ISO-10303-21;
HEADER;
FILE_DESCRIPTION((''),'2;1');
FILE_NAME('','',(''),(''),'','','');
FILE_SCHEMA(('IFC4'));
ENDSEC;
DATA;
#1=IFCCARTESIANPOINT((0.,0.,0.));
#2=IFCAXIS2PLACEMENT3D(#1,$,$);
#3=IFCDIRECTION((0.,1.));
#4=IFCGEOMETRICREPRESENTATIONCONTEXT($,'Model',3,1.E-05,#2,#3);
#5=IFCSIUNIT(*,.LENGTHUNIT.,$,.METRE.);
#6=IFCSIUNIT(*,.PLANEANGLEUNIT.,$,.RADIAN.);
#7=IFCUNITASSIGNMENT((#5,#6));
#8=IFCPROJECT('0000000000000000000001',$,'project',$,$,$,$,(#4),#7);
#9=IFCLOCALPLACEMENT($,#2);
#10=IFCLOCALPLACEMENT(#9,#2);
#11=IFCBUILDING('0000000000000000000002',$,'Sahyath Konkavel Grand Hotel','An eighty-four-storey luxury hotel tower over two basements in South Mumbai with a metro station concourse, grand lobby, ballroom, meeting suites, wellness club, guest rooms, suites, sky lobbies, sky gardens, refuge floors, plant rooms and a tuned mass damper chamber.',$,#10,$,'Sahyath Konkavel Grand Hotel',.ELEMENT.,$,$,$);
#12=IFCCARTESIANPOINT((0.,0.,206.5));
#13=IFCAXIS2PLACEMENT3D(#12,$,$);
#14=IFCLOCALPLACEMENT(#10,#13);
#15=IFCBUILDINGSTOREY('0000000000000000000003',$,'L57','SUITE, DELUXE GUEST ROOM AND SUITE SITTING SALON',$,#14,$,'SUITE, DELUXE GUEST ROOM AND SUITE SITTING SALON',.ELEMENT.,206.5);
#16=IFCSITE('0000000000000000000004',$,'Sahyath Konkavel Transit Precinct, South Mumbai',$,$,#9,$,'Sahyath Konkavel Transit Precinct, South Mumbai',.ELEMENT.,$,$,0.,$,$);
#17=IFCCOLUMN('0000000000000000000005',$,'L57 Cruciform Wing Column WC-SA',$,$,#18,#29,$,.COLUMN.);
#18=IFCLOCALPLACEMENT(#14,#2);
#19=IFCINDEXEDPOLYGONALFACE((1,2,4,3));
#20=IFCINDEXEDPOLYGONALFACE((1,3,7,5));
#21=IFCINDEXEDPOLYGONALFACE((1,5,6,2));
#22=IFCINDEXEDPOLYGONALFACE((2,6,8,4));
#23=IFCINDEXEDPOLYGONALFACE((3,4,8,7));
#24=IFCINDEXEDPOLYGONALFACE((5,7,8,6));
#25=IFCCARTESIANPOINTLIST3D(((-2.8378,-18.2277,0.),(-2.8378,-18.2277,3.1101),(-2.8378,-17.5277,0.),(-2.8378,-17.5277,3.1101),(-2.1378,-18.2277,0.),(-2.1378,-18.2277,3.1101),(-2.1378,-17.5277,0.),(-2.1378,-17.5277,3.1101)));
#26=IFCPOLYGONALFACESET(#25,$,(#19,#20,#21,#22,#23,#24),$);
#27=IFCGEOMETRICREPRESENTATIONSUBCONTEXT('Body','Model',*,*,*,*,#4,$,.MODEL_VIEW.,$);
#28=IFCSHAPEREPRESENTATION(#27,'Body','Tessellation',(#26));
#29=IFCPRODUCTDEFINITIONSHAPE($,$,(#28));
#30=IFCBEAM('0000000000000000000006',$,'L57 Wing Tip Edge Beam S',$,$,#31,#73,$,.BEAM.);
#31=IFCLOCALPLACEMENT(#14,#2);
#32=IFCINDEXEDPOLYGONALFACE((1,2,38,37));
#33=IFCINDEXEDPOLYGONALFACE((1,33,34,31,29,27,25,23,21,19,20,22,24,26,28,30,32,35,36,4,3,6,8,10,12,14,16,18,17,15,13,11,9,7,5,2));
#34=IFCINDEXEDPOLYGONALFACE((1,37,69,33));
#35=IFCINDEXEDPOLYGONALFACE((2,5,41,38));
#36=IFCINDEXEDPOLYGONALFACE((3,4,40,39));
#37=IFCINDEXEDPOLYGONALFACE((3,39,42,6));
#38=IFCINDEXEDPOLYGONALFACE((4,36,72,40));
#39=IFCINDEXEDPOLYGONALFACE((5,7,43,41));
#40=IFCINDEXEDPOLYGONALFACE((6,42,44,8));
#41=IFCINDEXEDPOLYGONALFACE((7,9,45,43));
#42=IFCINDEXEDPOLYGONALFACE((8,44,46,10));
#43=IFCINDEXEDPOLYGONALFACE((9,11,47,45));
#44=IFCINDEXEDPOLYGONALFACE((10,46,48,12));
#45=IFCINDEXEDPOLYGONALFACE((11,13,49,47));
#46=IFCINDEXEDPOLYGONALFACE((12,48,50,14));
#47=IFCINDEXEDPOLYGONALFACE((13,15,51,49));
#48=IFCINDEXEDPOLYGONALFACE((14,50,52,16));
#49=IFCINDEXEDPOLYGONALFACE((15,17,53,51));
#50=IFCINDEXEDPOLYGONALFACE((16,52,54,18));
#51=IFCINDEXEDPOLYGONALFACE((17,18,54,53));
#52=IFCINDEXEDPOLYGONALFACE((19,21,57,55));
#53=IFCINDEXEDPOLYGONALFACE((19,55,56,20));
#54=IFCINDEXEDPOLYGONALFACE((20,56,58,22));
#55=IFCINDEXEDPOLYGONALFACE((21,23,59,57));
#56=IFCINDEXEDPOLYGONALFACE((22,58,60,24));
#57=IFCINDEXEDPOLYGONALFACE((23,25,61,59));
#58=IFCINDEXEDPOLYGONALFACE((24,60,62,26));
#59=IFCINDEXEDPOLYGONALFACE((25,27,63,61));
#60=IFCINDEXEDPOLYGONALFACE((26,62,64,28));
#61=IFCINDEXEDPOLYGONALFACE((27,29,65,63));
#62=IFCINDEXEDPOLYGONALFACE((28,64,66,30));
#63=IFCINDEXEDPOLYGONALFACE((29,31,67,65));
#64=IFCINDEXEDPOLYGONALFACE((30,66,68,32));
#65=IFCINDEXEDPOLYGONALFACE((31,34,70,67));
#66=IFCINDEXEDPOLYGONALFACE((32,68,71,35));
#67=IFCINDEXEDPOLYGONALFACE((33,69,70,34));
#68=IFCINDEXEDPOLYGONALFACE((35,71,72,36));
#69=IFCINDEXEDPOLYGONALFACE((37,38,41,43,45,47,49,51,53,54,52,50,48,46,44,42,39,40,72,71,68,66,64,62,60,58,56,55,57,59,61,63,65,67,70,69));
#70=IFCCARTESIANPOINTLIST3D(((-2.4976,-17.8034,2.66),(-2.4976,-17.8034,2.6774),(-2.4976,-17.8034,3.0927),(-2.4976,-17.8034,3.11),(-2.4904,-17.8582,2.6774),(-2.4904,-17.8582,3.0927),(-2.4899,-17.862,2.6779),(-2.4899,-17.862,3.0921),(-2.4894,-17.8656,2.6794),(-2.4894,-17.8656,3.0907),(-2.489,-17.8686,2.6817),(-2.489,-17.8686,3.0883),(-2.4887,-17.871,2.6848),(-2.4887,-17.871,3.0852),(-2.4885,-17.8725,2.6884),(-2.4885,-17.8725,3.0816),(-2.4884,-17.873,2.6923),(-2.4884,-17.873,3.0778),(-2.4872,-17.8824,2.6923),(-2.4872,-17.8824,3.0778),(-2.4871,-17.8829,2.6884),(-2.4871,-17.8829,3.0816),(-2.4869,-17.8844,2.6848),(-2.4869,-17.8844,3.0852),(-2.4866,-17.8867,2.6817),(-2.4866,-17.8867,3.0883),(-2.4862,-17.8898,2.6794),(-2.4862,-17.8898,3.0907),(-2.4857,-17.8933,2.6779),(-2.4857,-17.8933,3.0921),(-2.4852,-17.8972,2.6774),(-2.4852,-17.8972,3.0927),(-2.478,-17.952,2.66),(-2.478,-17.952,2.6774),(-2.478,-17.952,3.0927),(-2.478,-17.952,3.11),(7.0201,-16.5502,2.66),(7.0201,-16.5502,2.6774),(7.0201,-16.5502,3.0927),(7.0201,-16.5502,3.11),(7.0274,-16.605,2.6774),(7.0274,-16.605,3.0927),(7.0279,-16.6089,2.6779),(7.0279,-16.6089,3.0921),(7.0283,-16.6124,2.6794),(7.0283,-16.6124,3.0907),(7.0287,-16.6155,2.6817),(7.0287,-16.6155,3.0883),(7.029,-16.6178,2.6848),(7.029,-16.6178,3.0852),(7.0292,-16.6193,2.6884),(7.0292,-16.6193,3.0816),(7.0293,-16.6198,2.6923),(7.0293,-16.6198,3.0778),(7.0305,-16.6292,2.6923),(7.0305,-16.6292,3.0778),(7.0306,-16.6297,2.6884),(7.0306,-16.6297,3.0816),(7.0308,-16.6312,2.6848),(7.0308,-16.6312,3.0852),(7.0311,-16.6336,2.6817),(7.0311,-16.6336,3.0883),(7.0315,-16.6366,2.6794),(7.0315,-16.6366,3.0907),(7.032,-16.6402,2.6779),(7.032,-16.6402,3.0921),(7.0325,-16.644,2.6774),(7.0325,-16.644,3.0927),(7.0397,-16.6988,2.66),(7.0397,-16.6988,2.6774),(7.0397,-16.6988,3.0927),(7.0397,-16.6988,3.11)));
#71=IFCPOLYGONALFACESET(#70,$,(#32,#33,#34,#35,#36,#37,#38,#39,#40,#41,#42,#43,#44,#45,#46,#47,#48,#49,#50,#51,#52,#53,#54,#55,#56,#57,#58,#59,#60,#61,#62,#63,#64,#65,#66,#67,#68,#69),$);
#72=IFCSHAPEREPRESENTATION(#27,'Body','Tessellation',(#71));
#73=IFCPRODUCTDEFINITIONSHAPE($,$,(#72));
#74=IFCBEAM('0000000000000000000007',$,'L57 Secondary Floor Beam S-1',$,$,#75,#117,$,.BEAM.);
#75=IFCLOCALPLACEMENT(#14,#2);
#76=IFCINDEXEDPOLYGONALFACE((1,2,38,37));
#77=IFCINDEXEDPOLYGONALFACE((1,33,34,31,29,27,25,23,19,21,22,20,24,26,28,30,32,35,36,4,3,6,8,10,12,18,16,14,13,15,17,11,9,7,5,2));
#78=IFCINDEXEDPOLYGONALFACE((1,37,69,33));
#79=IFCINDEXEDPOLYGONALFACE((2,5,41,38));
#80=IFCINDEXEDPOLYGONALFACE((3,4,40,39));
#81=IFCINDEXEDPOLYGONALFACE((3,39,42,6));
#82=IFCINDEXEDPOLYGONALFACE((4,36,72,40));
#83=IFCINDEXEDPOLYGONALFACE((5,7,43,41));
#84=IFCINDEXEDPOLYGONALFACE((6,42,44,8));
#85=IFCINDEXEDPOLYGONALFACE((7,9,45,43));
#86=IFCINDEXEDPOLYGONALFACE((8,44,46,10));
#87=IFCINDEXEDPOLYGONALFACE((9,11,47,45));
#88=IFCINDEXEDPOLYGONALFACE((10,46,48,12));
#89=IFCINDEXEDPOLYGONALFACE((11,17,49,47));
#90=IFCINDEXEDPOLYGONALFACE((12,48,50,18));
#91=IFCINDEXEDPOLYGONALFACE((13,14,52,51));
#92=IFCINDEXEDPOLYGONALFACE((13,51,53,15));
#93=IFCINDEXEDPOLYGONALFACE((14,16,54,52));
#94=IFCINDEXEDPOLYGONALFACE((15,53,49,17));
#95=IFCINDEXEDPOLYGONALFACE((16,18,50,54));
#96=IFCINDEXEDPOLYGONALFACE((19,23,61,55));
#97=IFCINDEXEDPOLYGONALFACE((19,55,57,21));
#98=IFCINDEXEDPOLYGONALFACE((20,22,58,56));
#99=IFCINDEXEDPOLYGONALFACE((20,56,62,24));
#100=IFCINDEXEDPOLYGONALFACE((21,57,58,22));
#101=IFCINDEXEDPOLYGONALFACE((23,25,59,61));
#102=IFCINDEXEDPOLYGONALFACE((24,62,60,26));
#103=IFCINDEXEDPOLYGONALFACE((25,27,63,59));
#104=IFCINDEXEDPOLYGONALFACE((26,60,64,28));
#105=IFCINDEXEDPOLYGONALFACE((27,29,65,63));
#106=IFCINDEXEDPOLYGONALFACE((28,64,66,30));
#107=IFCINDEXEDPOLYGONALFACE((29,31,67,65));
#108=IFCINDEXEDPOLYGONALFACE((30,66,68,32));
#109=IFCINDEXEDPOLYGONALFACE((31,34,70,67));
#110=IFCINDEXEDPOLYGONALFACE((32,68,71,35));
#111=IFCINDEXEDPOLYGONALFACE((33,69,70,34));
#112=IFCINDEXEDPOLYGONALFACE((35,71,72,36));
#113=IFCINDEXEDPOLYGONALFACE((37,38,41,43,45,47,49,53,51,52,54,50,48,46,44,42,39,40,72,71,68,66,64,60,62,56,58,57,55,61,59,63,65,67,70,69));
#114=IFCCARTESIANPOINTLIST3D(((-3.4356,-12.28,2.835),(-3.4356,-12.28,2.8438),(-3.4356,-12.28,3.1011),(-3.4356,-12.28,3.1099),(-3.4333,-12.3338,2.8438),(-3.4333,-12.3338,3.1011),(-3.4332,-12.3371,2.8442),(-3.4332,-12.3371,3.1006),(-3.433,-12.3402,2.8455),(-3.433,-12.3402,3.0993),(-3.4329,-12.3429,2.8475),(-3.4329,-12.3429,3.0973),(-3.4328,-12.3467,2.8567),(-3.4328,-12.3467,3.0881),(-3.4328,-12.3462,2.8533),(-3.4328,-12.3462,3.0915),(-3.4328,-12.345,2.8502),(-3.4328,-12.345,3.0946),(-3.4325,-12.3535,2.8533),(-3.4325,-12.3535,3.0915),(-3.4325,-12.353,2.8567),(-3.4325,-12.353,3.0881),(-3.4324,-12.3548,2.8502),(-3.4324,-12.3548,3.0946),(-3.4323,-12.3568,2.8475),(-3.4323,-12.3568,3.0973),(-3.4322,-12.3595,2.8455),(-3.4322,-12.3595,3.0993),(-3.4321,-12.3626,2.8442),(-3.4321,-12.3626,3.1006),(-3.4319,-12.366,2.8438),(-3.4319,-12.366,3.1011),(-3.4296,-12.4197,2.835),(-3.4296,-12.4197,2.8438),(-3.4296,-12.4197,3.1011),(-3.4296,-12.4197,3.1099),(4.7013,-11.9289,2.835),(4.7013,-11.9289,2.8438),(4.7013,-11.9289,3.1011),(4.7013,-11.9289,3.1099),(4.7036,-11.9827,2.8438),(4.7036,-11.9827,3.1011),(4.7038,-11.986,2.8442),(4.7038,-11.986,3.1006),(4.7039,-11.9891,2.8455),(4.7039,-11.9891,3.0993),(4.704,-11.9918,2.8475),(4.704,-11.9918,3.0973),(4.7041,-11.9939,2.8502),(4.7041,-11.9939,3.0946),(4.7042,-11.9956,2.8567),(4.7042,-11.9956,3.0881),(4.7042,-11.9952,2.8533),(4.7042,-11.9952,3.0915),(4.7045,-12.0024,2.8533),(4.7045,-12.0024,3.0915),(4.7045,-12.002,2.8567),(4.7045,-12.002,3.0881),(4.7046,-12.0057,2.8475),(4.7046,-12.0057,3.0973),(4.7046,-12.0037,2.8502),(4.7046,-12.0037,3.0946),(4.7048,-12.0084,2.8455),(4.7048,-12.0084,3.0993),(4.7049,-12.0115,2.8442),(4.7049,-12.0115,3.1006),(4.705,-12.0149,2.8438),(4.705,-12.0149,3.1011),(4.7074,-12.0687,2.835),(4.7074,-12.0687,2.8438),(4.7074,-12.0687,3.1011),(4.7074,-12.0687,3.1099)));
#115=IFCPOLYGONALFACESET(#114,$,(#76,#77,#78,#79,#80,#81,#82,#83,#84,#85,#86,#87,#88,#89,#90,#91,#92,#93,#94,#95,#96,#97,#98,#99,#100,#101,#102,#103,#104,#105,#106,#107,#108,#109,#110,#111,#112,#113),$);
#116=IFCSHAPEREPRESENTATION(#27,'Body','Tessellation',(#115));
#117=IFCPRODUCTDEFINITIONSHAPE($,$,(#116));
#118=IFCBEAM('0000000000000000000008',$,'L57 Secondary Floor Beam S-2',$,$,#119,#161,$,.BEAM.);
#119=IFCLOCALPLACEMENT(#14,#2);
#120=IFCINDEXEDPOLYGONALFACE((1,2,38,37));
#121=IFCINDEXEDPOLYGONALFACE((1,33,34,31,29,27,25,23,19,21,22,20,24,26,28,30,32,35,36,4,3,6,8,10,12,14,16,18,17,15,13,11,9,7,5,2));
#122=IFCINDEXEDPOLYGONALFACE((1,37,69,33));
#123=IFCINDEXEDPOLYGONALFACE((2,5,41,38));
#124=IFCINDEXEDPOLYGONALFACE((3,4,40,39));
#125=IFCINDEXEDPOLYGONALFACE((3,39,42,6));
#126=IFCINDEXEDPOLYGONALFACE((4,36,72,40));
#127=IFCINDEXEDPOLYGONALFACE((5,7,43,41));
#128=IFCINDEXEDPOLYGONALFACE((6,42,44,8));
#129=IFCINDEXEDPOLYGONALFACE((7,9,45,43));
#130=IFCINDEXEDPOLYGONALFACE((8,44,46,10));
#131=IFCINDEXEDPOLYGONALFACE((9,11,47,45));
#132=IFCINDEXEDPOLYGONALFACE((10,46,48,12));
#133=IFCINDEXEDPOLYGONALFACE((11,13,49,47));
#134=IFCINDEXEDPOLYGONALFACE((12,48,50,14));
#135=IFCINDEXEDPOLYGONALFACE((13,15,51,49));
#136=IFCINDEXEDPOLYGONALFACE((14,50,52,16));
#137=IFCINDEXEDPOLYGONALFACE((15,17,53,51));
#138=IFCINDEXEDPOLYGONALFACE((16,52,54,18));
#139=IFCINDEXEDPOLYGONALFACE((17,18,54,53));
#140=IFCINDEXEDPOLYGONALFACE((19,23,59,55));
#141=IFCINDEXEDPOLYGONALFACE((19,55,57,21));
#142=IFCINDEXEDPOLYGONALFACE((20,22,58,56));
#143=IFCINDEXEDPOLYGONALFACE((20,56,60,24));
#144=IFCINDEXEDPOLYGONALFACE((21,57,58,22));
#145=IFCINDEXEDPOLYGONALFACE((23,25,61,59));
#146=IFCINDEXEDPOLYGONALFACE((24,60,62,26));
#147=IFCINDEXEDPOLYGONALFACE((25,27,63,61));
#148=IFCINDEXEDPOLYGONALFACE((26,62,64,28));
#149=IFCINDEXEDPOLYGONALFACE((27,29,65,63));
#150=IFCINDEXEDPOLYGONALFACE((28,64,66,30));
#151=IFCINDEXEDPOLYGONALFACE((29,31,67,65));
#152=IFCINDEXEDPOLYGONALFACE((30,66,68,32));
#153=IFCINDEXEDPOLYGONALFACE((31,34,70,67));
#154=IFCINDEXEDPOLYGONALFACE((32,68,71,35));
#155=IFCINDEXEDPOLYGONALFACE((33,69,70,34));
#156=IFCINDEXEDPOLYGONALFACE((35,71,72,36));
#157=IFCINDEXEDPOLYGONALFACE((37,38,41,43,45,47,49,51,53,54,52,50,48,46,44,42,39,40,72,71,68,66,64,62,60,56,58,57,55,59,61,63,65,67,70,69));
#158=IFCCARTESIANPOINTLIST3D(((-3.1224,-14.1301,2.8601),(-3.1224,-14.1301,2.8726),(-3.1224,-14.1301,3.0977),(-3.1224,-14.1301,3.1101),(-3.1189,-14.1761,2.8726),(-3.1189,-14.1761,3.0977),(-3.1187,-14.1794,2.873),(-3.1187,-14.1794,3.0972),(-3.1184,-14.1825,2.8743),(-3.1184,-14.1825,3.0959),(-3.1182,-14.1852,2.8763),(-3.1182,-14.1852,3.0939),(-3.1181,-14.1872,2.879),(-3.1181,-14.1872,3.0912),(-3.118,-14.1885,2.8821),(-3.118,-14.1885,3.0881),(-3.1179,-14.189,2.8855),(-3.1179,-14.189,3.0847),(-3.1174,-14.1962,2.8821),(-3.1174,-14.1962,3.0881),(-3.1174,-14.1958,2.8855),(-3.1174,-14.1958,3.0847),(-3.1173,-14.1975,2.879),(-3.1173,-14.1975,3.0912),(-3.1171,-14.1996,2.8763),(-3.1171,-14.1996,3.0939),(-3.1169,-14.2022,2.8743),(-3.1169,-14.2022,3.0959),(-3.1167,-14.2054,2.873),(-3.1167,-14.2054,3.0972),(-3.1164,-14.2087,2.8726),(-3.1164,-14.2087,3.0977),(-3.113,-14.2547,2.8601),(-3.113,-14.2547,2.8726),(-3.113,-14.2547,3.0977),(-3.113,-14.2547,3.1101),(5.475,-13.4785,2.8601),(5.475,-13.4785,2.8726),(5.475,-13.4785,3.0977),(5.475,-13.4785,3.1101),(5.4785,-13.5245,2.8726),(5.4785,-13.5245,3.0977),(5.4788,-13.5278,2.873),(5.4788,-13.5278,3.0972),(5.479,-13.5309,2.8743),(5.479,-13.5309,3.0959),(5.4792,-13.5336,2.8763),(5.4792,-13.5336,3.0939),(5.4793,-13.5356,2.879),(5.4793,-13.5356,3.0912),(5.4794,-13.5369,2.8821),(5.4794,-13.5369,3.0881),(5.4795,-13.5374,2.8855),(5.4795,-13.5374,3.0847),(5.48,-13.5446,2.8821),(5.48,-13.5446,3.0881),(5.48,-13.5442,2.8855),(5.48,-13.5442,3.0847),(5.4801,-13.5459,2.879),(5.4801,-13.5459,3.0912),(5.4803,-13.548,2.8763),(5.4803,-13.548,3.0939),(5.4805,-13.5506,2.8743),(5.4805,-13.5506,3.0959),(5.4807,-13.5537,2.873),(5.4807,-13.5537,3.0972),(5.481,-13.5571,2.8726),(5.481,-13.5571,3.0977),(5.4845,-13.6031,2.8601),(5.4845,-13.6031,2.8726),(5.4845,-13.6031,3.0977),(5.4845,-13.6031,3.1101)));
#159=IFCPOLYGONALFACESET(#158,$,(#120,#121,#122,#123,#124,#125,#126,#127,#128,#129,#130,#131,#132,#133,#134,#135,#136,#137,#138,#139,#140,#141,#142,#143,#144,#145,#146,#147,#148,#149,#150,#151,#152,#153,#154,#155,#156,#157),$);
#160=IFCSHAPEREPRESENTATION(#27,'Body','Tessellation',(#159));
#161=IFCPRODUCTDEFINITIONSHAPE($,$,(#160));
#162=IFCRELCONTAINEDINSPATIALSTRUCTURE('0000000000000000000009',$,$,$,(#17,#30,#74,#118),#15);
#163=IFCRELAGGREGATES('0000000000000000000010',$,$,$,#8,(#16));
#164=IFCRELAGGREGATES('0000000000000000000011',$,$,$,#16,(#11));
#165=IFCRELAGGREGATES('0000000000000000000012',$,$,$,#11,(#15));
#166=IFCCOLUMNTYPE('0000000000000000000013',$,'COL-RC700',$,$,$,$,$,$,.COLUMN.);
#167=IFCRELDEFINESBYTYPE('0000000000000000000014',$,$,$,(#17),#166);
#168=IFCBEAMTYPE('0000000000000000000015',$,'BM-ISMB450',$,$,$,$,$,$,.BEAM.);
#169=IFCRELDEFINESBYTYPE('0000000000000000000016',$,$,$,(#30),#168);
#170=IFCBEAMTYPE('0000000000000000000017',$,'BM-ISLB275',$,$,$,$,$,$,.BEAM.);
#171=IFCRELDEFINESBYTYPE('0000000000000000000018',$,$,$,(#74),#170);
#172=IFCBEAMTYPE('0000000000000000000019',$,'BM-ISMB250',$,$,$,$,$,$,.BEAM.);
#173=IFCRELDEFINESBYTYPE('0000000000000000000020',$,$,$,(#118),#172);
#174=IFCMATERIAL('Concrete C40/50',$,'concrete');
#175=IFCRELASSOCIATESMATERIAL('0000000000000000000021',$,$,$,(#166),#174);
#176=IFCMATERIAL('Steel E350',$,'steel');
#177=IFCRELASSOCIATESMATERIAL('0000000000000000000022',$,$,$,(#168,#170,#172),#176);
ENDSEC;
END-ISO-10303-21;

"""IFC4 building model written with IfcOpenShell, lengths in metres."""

from ifc_helpers import new_model, si_unit, direction, frame, origin, origin_2d, place, context, subcontext, project, spatial, rectangle, i_section, extrude, source, transform, mapped, material, material_profile, profile_set, type_object, element, save


model = new_model("IFC4")

# Units and contexts
model_context = context("Model", 3, precision=1e-05, world=origin(), true_north=direction((0.0, 1.0)))
body_context = subcontext(model_context, "Body", "Model", "MODEL_VIEW")
ifc_project = project(units=[si_unit("LENGTHUNIT", "METRE"), si_unit("PLANEANGLEUNIT", "RADIAN")], contexts=[model_context])

# Site, building, storey
site_placement = place(None, origin())
site = spatial("IfcSite", under=ifc_project, at=site_placement, Name="Sahyath Konkavel Transit Precinct, South Mumbai", LongName="Sahyath Konkavel Transit Precinct, South Mumbai", CompositionType="ELEMENT", RefElevation=0.0)
building_placement = place(site_placement, origin())
building = spatial("IfcBuilding", under=site, at=building_placement, Name="Sahyath Konkavel Grand Hotel", Description="An eighty-four-storey luxury hotel tower over two basements in South Mumbai with a metro station concourse, grand lobby, ballroom, meeting suites, wellness club, guest rooms, suites, sky lobbies, sky gardens, refuge floors, plant rooms and a tuned mass damper chamber.", LongName="Sahyath Konkavel Grand Hotel", CompositionType="ELEMENT")
storey_placement = place(building_placement, frame((0.0, 0.0, 206.5)))
storey = spatial("IfcBuildingStorey", under=building, at=storey_placement, Name="L57", Description="SUITE, DELUXE GUEST ROOM AND SUITE SITTING SALON", LongName="SUITE, DELUXE GUEST ROOM AND SUITE SITTING SALON", CompositionType="ELEMENT", Elevation=206.5)

# Column
ifc_material_1 = material(Name="Concrete C40/50", Category="concrete")
ifc_material_profile_1 = material_profile(ifc_material_1, rectangle(XDim=0.7, YDim=0.7, at=origin_2d()), Name="RC 700x700")
ifc_profile_set_1 = profile_set([ifc_material_profile_1], Name="Concrete C40/50")
column_type = type_object("IfcColumnType", Name="COL-RC700", PredefinedType="COLUMN", material=ifc_profile_set_1)
shared_shape_1 = source(origin(), body_context, "Body", "SweptSolid", [
    extrude(rectangle(XDim=0.7, YDim=0.7, at=origin_2d()), origin(), (0.0, 0.0, 1.0), 3.1101),
])
column_placement = place(storey_placement, frame((-2.4878, -17.8777, 0.0), z_axis=(0.0, 0.0, 1.0), x_axis=(1.0, 0.0, 0.0)))
element("IfcColumn", 1, at=column_placement, inside=storey, type_object=column_type, Name="L57 Cruciform Wing Column WC-SA", PredefinedType="COLUMN", context=body_context, shape_type="MappedRepresentation", body=[
    mapped(shared_shape_1, transform((0.0, 0.0, 0.0), scale=1.0)),
])

# Beams
ifc_material_2 = material(Name="Steel E350", Category="steel")
ifc_material_profile_2 = material_profile(ifc_material_2, i_section(OverallWidth=0.1499, OverallDepth=0.45, WebThickness=0.0095, FlangeThickness=0.0173, FilletRadius=0.0149, at=origin_2d()), Name="ISMB 450")
ifc_profile_set_2 = profile_set([ifc_material_profile_2], Name="Steel E350")
beam_type_1 = type_object("IfcBeamType", Name="BM-ISMB450", PredefinedType="BEAM", material=ifc_profile_set_2)
shared_shape_2 = source(origin(), body_context, "Body", "SweptSolid", [
    extrude(i_section(OverallWidth=0.1499, OverallDepth=0.45, WebThickness=0.0095, FlangeThickness=0.0173, FilletRadius=0.0149, at=origin_2d()), origin(), (0.0, 0.0, 1.0), 9.5999),
])
beam_1_placement = place(storey_placement, frame((-2.4878, -17.8777, 2.885), z_axis=(0.991443, 0.130539, 0.0), x_axis=(-0.130539, 0.991443, 0.0)))
element("IfcBeam", 2, at=beam_1_placement, inside=storey, type_object=beam_type_1, Name="L57 Wing Tip Edge Beam S", PredefinedType="BEAM", context=body_context, shape_type="MappedRepresentation", body=[
    mapped(shared_shape_2, transform((0.0, 0.0, 0.0), scale=1.0)),
])
ifc_material_profile_3 = material_profile(ifc_material_2, i_section(OverallWidth=0.1399, OverallDepth=0.2749, WebThickness=0.0063, FlangeThickness=0.0088, FilletRadius=0.0129, at=origin_2d()), Name="ISLB 275")
ifc_profile_set_3 = profile_set([ifc_material_profile_3], Name="Steel E350")
beam_type_2 = type_object("IfcBeamType", Name="BM-ISLB275", PredefinedType="BEAM", material=ifc_profile_set_3)
shared_shape_3 = source(origin(), body_context, "Body", "SweptSolid", [
    extrude(i_section(OverallWidth=0.1399, OverallDepth=0.2749, WebThickness=0.0063, FlangeThickness=0.0088, FilletRadius=0.0129, at=origin_2d()), origin(), (0.0, 0.0, 1.0), 8.1445),
])
beam_2_placement = place(storey_placement, frame((-3.4326, -12.3499, 2.9724), z_axis=(0.999071, 0.043106, 0.0), x_axis=(-0.043106, 0.999071, 0.0)))
element("IfcBeam", 3, at=beam_2_placement, inside=storey, type_object=beam_type_2, Name="L57 Secondary Floor Beam S-1", PredefinedType="BEAM", context=body_context, shape_type="MappedRepresentation", body=[
    mapped(shared_shape_3, transform((0.0, 0.0, 0.0), scale=1.0)),
])
ifc_material_profile_4 = material_profile(ifc_material_2, i_section(OverallWidth=0.125, OverallDepth=0.25, WebThickness=0.0068, FlangeThickness=0.0125, FilletRadius=0.0129, at=origin_2d()), Name="ISMB 250")
ifc_profile_set_4 = profile_set([ifc_material_profile_4], Name="Steel E350")
beam_type_3 = type_object("IfcBeamType", Name="BM-ISMB250", PredefinedType="BEAM", material=ifc_profile_set_4)
shared_shape_4 = source(origin(), body_context, "Body", "SweptSolid", [
    extrude(i_section(OverallWidth=0.125, OverallDepth=0.25, WebThickness=0.0068, FlangeThickness=0.0125, FilletRadius=0.0129, at=origin_2d()), origin(), (0.0, 0.0, 1.0), 8.6221),
])
beam_3_placement = place(storey_placement, frame((-3.1177, -14.1924, 2.9851), z_axis=(0.99714, 0.075575, 0.0), x_axis=(-0.075575, 0.99714, 0.0)))
element("IfcBeam", 4, at=beam_3_placement, inside=storey, type_object=beam_type_3, Name="L57 Secondary Floor Beam S-2", PredefinedType="BEAM", context=body_context, shape_type="MappedRepresentation", body=[
    mapped(shared_shape_4, transform((0.0, 0.0, 0.0), scale=1.0)),
])

save(model, "model.ifc")
